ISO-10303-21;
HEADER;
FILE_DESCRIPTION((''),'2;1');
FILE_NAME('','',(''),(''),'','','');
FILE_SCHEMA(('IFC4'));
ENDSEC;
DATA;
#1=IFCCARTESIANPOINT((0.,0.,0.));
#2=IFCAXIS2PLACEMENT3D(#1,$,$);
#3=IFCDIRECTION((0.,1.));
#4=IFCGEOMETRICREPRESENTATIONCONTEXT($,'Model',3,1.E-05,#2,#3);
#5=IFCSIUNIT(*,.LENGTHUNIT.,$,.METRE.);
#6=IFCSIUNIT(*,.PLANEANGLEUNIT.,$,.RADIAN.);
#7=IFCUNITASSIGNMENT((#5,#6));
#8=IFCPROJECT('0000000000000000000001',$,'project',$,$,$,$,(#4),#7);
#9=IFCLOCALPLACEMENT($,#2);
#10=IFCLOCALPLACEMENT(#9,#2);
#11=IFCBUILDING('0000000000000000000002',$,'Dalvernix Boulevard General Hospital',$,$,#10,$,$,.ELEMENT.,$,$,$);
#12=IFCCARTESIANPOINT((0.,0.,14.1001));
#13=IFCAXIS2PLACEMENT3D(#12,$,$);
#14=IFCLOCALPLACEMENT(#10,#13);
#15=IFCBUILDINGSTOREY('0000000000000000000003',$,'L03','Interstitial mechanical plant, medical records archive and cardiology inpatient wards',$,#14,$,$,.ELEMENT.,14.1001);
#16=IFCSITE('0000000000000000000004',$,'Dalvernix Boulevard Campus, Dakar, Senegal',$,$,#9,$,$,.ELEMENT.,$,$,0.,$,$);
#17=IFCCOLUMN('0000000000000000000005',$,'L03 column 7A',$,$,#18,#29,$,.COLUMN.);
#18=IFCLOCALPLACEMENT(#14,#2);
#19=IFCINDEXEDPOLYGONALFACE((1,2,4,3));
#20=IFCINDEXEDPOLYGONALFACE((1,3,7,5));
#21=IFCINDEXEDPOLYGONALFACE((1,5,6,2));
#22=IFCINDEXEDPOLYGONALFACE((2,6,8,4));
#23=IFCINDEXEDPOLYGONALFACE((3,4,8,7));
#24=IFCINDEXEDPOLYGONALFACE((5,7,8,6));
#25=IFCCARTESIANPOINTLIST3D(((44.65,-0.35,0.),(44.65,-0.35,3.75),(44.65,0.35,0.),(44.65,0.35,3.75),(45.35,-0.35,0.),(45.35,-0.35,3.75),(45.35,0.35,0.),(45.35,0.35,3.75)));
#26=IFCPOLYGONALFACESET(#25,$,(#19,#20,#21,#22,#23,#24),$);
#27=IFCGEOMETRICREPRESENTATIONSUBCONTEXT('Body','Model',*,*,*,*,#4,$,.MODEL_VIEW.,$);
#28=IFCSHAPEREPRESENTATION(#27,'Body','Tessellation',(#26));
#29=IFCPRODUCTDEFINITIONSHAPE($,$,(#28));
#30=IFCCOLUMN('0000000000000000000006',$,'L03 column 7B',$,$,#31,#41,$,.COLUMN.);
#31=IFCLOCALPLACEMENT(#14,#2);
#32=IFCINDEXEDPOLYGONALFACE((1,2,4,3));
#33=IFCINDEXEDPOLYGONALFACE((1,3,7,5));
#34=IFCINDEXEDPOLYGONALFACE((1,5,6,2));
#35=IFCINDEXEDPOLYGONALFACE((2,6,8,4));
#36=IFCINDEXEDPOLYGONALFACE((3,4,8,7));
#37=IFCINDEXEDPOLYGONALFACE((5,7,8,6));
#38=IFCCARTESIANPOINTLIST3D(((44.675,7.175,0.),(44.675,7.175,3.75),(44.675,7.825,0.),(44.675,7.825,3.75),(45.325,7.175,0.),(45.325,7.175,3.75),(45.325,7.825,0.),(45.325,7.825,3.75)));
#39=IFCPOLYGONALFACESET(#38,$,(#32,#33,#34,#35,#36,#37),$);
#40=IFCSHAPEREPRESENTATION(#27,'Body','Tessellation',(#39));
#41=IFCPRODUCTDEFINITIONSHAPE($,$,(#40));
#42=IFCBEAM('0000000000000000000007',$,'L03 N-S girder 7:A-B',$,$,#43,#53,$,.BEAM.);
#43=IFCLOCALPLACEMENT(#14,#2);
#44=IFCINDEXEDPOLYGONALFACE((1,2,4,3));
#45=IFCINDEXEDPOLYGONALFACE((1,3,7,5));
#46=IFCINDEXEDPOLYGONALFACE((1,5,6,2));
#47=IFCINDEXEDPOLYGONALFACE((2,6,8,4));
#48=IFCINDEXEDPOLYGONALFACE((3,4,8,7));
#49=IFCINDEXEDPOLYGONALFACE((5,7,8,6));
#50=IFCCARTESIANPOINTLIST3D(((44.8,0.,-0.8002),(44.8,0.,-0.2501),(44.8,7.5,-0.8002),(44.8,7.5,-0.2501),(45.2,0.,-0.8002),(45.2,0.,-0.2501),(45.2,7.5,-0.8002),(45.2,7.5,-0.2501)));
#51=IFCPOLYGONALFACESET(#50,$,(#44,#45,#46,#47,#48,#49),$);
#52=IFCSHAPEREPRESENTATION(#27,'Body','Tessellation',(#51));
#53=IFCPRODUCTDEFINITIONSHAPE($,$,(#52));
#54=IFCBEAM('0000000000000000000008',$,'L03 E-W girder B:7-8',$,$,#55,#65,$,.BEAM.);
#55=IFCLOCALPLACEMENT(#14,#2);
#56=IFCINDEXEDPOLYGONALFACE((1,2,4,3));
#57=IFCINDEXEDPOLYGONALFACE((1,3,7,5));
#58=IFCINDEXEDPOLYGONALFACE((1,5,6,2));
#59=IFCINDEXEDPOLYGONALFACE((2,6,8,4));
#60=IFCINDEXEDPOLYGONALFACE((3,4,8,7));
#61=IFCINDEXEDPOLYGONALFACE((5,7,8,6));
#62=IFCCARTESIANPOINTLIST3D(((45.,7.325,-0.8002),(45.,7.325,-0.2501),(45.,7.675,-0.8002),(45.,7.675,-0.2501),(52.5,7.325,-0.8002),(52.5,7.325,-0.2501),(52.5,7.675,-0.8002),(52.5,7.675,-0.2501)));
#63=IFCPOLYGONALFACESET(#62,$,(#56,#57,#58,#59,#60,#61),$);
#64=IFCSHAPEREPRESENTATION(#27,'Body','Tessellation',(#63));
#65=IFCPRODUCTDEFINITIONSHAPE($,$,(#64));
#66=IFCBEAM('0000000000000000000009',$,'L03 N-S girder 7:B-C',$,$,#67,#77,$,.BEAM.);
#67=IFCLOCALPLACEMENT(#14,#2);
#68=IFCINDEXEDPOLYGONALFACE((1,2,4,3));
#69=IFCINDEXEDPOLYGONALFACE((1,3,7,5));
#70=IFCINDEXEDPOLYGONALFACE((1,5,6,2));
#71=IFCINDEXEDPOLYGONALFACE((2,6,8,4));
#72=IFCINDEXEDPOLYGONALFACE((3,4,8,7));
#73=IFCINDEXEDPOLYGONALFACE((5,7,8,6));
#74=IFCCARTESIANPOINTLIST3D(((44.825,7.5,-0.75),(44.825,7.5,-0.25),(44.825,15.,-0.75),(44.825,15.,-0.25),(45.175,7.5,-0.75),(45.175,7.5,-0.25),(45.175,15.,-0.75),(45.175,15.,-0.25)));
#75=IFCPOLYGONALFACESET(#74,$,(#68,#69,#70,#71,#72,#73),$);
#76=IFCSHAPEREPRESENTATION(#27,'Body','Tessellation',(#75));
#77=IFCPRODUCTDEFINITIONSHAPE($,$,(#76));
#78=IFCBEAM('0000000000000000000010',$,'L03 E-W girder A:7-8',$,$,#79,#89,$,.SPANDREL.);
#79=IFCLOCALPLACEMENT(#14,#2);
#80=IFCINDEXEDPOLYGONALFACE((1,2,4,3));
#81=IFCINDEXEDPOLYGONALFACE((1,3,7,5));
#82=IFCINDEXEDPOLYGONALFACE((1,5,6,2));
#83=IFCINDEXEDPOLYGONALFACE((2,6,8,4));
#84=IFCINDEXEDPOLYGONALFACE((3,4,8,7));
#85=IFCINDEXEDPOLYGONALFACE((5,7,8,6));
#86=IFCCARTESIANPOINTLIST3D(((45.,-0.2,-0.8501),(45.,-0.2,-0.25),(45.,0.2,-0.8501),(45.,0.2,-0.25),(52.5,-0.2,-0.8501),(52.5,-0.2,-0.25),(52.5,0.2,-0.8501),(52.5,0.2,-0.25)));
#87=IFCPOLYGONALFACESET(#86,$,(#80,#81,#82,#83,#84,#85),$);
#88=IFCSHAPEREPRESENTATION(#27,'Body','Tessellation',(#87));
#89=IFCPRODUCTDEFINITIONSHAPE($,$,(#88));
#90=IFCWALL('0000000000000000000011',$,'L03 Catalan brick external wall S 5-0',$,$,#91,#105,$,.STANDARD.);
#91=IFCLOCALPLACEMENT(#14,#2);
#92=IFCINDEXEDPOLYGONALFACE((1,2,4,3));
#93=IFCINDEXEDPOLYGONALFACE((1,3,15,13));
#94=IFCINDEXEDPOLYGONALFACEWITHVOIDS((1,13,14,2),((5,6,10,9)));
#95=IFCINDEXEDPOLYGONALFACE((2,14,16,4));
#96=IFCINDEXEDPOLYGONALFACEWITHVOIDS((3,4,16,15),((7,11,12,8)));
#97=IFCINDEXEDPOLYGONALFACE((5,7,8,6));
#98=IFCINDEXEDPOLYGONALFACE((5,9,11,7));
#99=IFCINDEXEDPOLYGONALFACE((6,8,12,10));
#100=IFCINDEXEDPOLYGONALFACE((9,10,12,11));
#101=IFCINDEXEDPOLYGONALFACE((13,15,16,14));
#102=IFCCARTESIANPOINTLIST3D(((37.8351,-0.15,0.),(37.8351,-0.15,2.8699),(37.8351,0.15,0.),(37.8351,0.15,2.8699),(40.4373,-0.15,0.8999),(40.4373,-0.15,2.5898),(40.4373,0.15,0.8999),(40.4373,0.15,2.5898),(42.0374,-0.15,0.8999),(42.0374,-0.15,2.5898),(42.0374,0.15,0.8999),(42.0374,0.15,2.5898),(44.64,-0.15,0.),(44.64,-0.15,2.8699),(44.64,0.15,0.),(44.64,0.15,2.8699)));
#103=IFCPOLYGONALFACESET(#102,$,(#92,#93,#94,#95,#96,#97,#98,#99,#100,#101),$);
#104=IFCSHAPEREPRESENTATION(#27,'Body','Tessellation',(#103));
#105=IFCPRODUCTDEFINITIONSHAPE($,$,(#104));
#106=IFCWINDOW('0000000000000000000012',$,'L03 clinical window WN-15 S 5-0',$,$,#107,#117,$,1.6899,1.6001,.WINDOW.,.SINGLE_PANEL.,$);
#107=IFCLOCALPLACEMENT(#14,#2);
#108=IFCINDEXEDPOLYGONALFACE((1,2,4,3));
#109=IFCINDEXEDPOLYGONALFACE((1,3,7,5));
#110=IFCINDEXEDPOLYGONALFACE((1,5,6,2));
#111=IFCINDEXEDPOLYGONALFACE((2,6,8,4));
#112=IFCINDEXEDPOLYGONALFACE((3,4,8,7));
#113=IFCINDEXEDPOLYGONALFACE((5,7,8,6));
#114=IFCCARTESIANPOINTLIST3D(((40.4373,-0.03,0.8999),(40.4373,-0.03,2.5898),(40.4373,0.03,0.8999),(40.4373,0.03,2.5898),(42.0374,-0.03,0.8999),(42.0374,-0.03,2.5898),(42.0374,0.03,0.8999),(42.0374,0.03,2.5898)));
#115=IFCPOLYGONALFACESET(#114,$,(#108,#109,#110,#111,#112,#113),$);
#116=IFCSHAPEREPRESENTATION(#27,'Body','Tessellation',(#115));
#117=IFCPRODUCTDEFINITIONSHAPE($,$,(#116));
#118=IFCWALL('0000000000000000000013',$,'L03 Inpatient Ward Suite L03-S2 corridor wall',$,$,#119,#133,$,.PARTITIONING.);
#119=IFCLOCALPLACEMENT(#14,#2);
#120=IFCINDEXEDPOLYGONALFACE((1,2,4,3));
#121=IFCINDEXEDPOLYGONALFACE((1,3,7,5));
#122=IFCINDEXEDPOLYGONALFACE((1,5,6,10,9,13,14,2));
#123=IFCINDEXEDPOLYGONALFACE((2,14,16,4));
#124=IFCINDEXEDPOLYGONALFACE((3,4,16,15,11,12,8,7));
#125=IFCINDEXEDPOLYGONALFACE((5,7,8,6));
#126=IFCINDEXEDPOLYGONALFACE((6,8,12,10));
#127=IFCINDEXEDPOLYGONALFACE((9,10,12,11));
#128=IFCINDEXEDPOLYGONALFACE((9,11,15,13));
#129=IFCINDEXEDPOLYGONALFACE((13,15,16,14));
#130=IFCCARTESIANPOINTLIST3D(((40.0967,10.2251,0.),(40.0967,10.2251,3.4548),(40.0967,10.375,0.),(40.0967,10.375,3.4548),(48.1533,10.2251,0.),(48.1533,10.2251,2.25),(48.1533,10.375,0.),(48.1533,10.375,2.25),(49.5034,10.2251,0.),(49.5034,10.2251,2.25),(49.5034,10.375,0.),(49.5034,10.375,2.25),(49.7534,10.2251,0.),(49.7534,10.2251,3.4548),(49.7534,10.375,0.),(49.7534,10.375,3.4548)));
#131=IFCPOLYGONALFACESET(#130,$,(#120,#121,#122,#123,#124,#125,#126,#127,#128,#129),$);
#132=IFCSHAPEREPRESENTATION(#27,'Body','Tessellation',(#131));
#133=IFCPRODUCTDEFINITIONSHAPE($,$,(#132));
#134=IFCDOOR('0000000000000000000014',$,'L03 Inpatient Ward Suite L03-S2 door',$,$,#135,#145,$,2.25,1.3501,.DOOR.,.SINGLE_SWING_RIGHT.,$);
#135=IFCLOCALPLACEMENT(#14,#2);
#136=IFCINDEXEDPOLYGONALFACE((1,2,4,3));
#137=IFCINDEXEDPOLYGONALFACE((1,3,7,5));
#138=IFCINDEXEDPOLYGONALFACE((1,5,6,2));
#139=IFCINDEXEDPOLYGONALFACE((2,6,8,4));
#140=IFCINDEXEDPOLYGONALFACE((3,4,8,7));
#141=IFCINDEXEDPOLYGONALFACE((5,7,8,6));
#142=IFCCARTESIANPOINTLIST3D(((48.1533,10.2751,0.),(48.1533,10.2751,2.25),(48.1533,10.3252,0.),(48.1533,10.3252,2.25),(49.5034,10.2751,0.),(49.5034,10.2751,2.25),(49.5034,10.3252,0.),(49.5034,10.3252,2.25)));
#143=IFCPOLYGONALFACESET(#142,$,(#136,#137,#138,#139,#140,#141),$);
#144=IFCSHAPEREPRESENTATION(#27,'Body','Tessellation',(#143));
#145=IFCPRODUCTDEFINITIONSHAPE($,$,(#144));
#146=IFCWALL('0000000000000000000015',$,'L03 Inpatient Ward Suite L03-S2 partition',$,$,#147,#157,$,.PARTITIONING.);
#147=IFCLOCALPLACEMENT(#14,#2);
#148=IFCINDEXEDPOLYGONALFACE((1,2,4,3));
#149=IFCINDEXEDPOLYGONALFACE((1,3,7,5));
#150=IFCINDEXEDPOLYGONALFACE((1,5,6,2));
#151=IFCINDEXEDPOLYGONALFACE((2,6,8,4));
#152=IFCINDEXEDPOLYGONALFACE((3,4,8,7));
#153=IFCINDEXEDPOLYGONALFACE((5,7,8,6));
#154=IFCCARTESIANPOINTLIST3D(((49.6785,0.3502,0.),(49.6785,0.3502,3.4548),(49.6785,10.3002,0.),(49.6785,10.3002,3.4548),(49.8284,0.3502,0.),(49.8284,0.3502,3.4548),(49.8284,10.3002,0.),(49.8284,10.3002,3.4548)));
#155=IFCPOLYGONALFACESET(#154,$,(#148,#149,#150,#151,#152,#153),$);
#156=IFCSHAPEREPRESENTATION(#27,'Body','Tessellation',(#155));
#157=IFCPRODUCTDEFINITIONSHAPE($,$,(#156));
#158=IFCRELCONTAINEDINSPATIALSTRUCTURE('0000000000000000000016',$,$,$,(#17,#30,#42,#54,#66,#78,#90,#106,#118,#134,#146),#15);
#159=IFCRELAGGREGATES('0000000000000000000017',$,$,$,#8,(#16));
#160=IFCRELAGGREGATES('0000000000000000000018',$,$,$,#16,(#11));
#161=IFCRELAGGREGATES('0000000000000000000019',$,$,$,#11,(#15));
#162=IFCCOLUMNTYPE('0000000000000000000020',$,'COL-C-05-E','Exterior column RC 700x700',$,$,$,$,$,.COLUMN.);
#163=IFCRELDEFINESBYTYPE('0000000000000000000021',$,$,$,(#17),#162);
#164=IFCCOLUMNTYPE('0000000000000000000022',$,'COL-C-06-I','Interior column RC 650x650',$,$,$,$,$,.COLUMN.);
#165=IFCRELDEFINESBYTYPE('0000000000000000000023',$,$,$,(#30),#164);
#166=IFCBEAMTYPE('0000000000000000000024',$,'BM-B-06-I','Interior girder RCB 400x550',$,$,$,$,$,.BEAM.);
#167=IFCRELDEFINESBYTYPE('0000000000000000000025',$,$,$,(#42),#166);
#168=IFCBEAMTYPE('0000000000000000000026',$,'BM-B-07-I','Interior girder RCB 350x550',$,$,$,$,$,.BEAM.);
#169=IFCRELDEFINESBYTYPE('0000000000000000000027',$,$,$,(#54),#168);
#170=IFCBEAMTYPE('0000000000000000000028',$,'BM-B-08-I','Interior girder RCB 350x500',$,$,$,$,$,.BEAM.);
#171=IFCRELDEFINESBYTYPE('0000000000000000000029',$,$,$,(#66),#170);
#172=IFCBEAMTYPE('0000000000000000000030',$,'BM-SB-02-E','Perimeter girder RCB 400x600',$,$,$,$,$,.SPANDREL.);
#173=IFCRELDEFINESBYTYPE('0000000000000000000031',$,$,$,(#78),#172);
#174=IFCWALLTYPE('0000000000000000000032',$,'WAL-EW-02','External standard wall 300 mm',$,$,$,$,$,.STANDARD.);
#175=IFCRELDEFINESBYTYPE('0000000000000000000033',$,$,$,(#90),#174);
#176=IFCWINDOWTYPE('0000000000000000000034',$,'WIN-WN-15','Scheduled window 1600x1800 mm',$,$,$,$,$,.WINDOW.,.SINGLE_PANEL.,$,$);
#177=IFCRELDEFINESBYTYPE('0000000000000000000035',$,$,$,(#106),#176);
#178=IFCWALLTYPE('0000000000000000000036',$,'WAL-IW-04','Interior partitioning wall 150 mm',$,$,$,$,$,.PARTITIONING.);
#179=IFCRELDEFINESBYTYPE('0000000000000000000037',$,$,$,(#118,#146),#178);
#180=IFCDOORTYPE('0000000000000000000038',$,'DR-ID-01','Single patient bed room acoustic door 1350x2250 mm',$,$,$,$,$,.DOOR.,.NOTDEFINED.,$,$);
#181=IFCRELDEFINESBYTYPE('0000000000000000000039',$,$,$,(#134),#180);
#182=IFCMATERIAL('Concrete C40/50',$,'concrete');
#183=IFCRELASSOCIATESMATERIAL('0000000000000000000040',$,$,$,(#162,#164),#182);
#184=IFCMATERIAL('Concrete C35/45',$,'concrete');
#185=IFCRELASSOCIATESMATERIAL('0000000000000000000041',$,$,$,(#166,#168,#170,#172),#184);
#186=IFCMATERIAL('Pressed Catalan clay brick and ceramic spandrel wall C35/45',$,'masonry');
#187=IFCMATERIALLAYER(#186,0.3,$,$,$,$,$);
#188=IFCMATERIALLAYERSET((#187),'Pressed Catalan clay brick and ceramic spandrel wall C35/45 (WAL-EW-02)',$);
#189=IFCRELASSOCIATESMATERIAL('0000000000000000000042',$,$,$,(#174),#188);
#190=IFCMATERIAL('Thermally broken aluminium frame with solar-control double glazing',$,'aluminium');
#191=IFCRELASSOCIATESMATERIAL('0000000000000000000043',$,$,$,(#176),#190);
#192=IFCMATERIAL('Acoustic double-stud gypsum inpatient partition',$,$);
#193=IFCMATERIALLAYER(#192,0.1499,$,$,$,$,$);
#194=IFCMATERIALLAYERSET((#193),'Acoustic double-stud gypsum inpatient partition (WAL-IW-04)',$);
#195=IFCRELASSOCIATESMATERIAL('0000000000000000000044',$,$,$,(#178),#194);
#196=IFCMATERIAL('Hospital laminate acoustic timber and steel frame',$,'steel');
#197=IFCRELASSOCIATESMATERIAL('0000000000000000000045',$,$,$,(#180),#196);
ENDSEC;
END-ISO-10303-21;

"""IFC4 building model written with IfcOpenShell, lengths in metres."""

from ifc_helpers import new_model, si_unit, direction, frame, frame_2d, origin, origin_2d, place, context, subcontext, project, spatial, rectangle, extrude, material, layer, layer_set, material_profile, profile_set, type_object, element, fill, save


model = new_model("IFC4")

# Units and contexts
model_context = context("Model", 3, precision=1e-05, world=origin(), true_north=direction((0.0, 1.0)))
body_context = subcontext(model_context, "Body", "Model", "MODEL_VIEW")
ifc_project = project(units=[si_unit("LENGTHUNIT", "METRE"), si_unit("PLANEANGLEUNIT", "RADIAN")], contexts=[model_context])

# Site, building, storey
site_placement = place(None, origin())
site = spatial("IfcSite", under=ifc_project, at=site_placement, Name="Dalvernix Boulevard Campus, Dakar, Senegal", CompositionType="ELEMENT", RefElevation=0.0)
building_placement = place(site_placement, origin())
building = spatial("IfcBuilding", under=site, at=building_placement, Name="Dalvernix Boulevard General Hospital", CompositionType="ELEMENT")
storey_placement = place(building_placement, frame((0.0, 0.0, 14.1001)))
storey = spatial("IfcBuildingStorey", under=building, at=storey_placement, Name="L03", Description="Interstitial mechanical plant, medical records archive and cardiology inpatient wards", CompositionType="ELEMENT", Elevation=14.1001)

# Columns
ifc_material_1 = material(Name="Concrete C40/50", Category="concrete")
ifc_material_profile_1 = material_profile(ifc_material_1, rectangle(XDim=0.7, YDim=0.7, at=origin_2d()), Name="RC 700x700")
ifc_profile_set_1 = profile_set([ifc_material_profile_1], Name="Concrete C40/50")
column_type_1 = type_object("IfcColumnType", Name="COL-C-05-E", Description="Exterior column RC 700x700", PredefinedType="COLUMN", material=ifc_profile_set_1)
column_1_placement = place(storey_placement, frame((45.0, 0.0, 0.0), z_axis=(0.0, 0.0, 1.0), x_axis=(1.0, 0.0, 0.0)))
element("IfcColumn", 1, at=column_1_placement, inside=storey, type_object=column_type_1, Name="L03 column 7A", PredefinedType="COLUMN", context=body_context, shape_type="SweptSolid", body=[
    extrude(rectangle(XDim=0.7, YDim=0.7, at=origin_2d()), origin(), (0.0, 0.0, 1.0), 3.75),
])
ifc_material_profile_2 = material_profile(ifc_material_1, rectangle(XDim=0.6499, YDim=0.6499, at=origin_2d()), Name="RC 650x650")
ifc_profile_set_2 = profile_set([ifc_material_profile_2], Name="Concrete C40/50")
column_type_2 = type_object("IfcColumnType", Name="COL-C-06-I", Description="Interior column RC 650x650", PredefinedType="COLUMN", material=ifc_profile_set_2)
column_2_placement = place(storey_placement, frame((45.0, 7.5, 0.0), z_axis=(0.0, 0.0, 1.0), x_axis=(1.0, 0.0, 0.0)))
element("IfcColumn", 2, at=column_2_placement, inside=storey, type_object=column_type_2, Name="L03 column 7B", PredefinedType="COLUMN", context=body_context, shape_type="SweptSolid", body=[
    extrude(rectangle(XDim=0.6499, YDim=0.6499, at=origin_2d()), origin(), (0.0, 0.0, 1.0), 3.75),
])

# Beams
ifc_material_2 = material(Name="Concrete C35/45", Category="concrete")
ifc_material_profile_3 = material_profile(ifc_material_2, rectangle(XDim=0.3999, YDim=0.55, at=origin_2d()), Name="RCB 400x550")
ifc_profile_set_3 = profile_set([ifc_material_profile_3], Name="Concrete C35/45")
beam_type_1 = type_object("IfcBeamType", Name="BM-B-06-I", Description="Interior girder RCB 400x550", PredefinedType="BEAM", material=ifc_profile_set_3)
beam_1_placement = place(storey_placement, frame((45.0, 0.0, -0.5251), z_axis=(0.0, 1.0, 0.0), x_axis=(-1.0, 0.0, 0.0)))
element("IfcBeam", 3, at=beam_1_placement, inside=storey, type_object=beam_type_1, Name="L03 N-S girder 7:A-B", PredefinedType="BEAM", context=body_context, shape_type="SweptSolid", body=[
    extrude(rectangle(XDim=0.3999, YDim=0.55, at=origin_2d()), origin(), (0.0, 0.0, 1.0), 7.5),
])
ifc_material_profile_4 = material_profile(ifc_material_2, rectangle(XDim=0.3501, YDim=0.55, at=origin_2d()), Name="RCB 350x550")
ifc_profile_set_4 = profile_set([ifc_material_profile_4], Name="Concrete C35/45")
beam_type_2 = type_object("IfcBeamType", Name="BM-B-07-I", Description="Interior girder RCB 350x550", PredefinedType="BEAM", material=ifc_profile_set_4)
beam_2_placement = place(storey_placement, frame((45.0, 7.5, -0.5251), z_axis=(1.0, 0.0, 0.0), x_axis=(0.0, 1.0, 0.0)))
element("IfcBeam", 4, at=beam_2_placement, inside=storey, type_object=beam_type_2, Name="L03 E-W girder B:7-8", PredefinedType="BEAM", context=body_context, shape_type="SweptSolid", body=[
    extrude(rectangle(XDim=0.3501, YDim=0.55, at=origin_2d()), origin(), (0.0, 0.0, 1.0), 7.5),
])
ifc_material_profile_5 = material_profile(ifc_material_2, rectangle(XDim=0.3501, YDim=0.5, at=origin_2d()), Name="RCB 350x500")
ifc_profile_set_5 = profile_set([ifc_material_profile_5], Name="Concrete C35/45")
beam_type_3 = type_object("IfcBeamType", Name="BM-B-08-I", Description="Interior girder RCB 350x500", PredefinedType="BEAM", material=ifc_profile_set_5)
beam_3_placement = place(storey_placement, frame((45.0, 7.5, -0.5), z_axis=(0.0, 1.0, 0.0), x_axis=(-1.0, 0.0, 0.0)))
element("IfcBeam", 5, at=beam_3_placement, inside=storey, type_object=beam_type_3, Name="L03 N-S girder 7:B-C", PredefinedType="BEAM", context=body_context, shape_type="SweptSolid", body=[
    extrude(rectangle(XDim=0.3501, YDim=0.5, at=origin_2d()), origin(), (0.0, 0.0, 1.0), 7.5),
])
ifc_material_profile_6 = material_profile(ifc_material_2, rectangle(XDim=0.3999, YDim=0.6001, at=origin_2d()), Name="RCB 400x600")
ifc_profile_set_6 = profile_set([ifc_material_profile_6], Name="Concrete C35/45")
beam_type_4 = type_object("IfcBeamType", Name="BM-SB-02-E", Description="Perimeter girder RCB 400x600", PredefinedType="SPANDREL", material=ifc_profile_set_6)
beam_4_placement = place(storey_placement, frame((45.0, 0.0, -0.55), z_axis=(1.0, 0.0, 0.0), x_axis=(0.0, 1.0, 0.0)))
element("IfcBeam", 6, at=beam_4_placement, inside=storey, type_object=beam_type_4, Name="L03 E-W girder A:7-8", PredefinedType="SPANDREL", context=body_context, shape_type="SweptSolid", body=[
    extrude(rectangle(XDim=0.3999, YDim=0.6001, at=origin_2d()), origin(), (0.0, 0.0, 1.0), 7.5),
])

# Wall, opening, window
ifc_material_3 = material(Name="Pressed Catalan clay brick and ceramic spandrel wall C35/45", Category="masonry")
ifc_layer_1 = layer(ifc_material_3, 0.3)
ifc_layer_set_1 = layer_set([ifc_layer_1], Name="Pressed Catalan clay brick and ceramic spandrel wall C35/45 (WAL-EW-02)")
wall_type_1 = type_object("IfcWallType", Name="WAL-EW-02", Description="External standard wall 300 mm", PredefinedType="STANDARD", material=ifc_layer_set_1)
wall_1_placement = place(storey_placement, frame((44.6399, 0.0, 0.0), z_axis=(0.0, 0.0, 1.0), x_axis=(-1.0, 0.0, 0.0)))
wall_1 = element("IfcWall", 7, at=wall_1_placement, inside=storey, type_object=wall_type_1, Name="L03 Catalan brick external wall S 5-0", PredefinedType="STANDARD", context=body_context, shape_type="SweptSolid", body=[
    extrude(rectangle(XDim=6.8049, YDim=0.3, at=frame_2d((3.4023, 0.0))), origin(), (0.0, 0.0, 1.0), 2.8699),
])
opening_1_placement = place(wall_1_placement, frame((2.6025, 0.0, 0.8999)))
opening_1 = element("IfcOpeningElement", 8, at=opening_1_placement, cuts=wall_1, PredefinedType="OPENING", context=body_context, shape_type="SweptSolid", body=[
    extrude(rectangle(XDim=1.6001, YDim=1.6899, at=frame_2d((0.8, 0.845))), frame((0.0, 0.1599, 0.0), z_axis=(0.0, -1.0, 0.0), x_axis=(1.0, 0.0, 0.0)), (0.0, 0.0, 1.0), 0.3201),
])
ifc_material_4 = material(Name="Thermally broken aluminium frame with solar-control double glazing", Category="aluminium")
window_type = type_object("IfcWindowType", Name="WIN-WN-15", Description="Scheduled window 1600x1800 mm", PartitioningType="SINGLE_PANEL", PredefinedType="WINDOW", material=ifc_material_4)
window_placement = place(opening_1_placement, origin())
window = element("IfcWindow", 9, at=window_placement, inside=storey, type_object=window_type, Name="L03 clinical window WN-15 S 5-0", OverallHeight=1.6899, OverallWidth=1.6001, PartitioningType="SINGLE_PANEL", PredefinedType="WINDOW", context=body_context, shape_type="SweptSolid", body=[
    extrude(rectangle(XDim=1.6001, YDim=1.6899, at=frame_2d((0.8, 0.845))), frame((0.0, 0.03, 0.0), z_axis=(0.0, -1.0, 0.0), x_axis=(1.0, 0.0, 0.0)), (0.0, 0.0, 1.0), 0.0601),
])
fill(opening_1, window)

# Wall, opening, door
ifc_material_5 = material(Name="Acoustic double-stud gypsum inpatient partition")
ifc_layer_2 = layer(ifc_material_5, 0.1499)
ifc_layer_set_2 = layer_set([ifc_layer_2], Name="Acoustic double-stud gypsum inpatient partition (WAL-IW-04)")
wall_type_2 = type_object("IfcWallType", Name="WAL-IW-04", Description="Interior partitioning wall 150 mm", PredefinedType="PARTITIONING", material=ifc_layer_set_2)
wall_2_placement = place(storey_placement, frame((49.7534, 10.3, 0.0), z_axis=(0.0, 0.0, 1.0), x_axis=(-1.0, 0.0, 0.0)))
wall_2 = element("IfcWall", 10, at=wall_2_placement, inside=storey, type_object=wall_type_2, Name="L03 Inpatient Ward Suite L03-S2 corridor wall", PredefinedType="PARTITIONING", context=body_context, shape_type="SweptSolid", body=[
    extrude(rectangle(XDim=9.6567, YDim=0.1499, at=frame_2d((4.8284, 0.0))), origin(), (0.0, 0.0, 1.0), 3.4548),
])
opening_2_placement = place(wall_2_placement, frame((0.25, 0.0, 0.0)))
opening_2 = element("IfcOpeningElement", 11, at=opening_2_placement, cuts=wall_2, PredefinedType="OPENING", context=body_context, shape_type="SweptSolid", body=[
    extrude(rectangle(XDim=1.3501, YDim=2.25, at=frame_2d((0.675, 1.125))), frame((0.0, 0.085, 0.0), z_axis=(0.0, -1.0, 0.0), x_axis=(1.0, 0.0, 0.0)), (0.0, 0.0, 1.0), 0.1699),
])
ifc_material_6 = material(Name="Hospital laminate acoustic timber and steel frame", Category="steel")
door_type_1 = type_object("IfcDoorType", Name="DR-ID-01", Description="Single patient bed room acoustic door 1350x2250 mm", OperationType="NOTDEFINED", PredefinedType="DOOR", material=ifc_material_6)
door_1_placement = place(opening_2_placement, origin())
door_1 = element("IfcDoor", 12, at=door_1_placement, inside=storey, type_object=door_type_1, Name="L03 Inpatient Ward Suite L03-S2 door", OperationType="SINGLE_SWING_RIGHT", OverallHeight=2.25, OverallWidth=1.3501, PredefinedType="DOOR", context=body_context, shape_type="SweptSolid", body=[
    extrude(rectangle(XDim=1.3501, YDim=2.25, at=frame_2d((0.675, 1.125))), frame((0.0, 0.0249, 0.0), z_axis=(0.0, -1.0, 0.0), x_axis=(1.0, 0.0, 0.0)), (0.0, 0.0, 1.0), 0.05),
])
fill(opening_2, door_1)

# Wall
wall_3_placement = place(storey_placement, frame((49.7534, 0.3501, 0.0), z_axis=(0.0, 0.0, 1.0), x_axis=(0.0, 1.0, 0.0)))
element("IfcWall", 13, at=wall_3_placement, inside=storey, type_object=wall_type_2, Name="L03 Inpatient Ward Suite L03-S2 partition", PredefinedType="PARTITIONING", context=body_context, shape_type="SweptSolid", body=[
    extrude(rectangle(XDim=9.95, YDim=0.1499, at=frame_2d((4.9751, 0.0))), origin(), (0.0, 0.0, 1.0), 3.4548),
])

save(model, "model.ifc")
